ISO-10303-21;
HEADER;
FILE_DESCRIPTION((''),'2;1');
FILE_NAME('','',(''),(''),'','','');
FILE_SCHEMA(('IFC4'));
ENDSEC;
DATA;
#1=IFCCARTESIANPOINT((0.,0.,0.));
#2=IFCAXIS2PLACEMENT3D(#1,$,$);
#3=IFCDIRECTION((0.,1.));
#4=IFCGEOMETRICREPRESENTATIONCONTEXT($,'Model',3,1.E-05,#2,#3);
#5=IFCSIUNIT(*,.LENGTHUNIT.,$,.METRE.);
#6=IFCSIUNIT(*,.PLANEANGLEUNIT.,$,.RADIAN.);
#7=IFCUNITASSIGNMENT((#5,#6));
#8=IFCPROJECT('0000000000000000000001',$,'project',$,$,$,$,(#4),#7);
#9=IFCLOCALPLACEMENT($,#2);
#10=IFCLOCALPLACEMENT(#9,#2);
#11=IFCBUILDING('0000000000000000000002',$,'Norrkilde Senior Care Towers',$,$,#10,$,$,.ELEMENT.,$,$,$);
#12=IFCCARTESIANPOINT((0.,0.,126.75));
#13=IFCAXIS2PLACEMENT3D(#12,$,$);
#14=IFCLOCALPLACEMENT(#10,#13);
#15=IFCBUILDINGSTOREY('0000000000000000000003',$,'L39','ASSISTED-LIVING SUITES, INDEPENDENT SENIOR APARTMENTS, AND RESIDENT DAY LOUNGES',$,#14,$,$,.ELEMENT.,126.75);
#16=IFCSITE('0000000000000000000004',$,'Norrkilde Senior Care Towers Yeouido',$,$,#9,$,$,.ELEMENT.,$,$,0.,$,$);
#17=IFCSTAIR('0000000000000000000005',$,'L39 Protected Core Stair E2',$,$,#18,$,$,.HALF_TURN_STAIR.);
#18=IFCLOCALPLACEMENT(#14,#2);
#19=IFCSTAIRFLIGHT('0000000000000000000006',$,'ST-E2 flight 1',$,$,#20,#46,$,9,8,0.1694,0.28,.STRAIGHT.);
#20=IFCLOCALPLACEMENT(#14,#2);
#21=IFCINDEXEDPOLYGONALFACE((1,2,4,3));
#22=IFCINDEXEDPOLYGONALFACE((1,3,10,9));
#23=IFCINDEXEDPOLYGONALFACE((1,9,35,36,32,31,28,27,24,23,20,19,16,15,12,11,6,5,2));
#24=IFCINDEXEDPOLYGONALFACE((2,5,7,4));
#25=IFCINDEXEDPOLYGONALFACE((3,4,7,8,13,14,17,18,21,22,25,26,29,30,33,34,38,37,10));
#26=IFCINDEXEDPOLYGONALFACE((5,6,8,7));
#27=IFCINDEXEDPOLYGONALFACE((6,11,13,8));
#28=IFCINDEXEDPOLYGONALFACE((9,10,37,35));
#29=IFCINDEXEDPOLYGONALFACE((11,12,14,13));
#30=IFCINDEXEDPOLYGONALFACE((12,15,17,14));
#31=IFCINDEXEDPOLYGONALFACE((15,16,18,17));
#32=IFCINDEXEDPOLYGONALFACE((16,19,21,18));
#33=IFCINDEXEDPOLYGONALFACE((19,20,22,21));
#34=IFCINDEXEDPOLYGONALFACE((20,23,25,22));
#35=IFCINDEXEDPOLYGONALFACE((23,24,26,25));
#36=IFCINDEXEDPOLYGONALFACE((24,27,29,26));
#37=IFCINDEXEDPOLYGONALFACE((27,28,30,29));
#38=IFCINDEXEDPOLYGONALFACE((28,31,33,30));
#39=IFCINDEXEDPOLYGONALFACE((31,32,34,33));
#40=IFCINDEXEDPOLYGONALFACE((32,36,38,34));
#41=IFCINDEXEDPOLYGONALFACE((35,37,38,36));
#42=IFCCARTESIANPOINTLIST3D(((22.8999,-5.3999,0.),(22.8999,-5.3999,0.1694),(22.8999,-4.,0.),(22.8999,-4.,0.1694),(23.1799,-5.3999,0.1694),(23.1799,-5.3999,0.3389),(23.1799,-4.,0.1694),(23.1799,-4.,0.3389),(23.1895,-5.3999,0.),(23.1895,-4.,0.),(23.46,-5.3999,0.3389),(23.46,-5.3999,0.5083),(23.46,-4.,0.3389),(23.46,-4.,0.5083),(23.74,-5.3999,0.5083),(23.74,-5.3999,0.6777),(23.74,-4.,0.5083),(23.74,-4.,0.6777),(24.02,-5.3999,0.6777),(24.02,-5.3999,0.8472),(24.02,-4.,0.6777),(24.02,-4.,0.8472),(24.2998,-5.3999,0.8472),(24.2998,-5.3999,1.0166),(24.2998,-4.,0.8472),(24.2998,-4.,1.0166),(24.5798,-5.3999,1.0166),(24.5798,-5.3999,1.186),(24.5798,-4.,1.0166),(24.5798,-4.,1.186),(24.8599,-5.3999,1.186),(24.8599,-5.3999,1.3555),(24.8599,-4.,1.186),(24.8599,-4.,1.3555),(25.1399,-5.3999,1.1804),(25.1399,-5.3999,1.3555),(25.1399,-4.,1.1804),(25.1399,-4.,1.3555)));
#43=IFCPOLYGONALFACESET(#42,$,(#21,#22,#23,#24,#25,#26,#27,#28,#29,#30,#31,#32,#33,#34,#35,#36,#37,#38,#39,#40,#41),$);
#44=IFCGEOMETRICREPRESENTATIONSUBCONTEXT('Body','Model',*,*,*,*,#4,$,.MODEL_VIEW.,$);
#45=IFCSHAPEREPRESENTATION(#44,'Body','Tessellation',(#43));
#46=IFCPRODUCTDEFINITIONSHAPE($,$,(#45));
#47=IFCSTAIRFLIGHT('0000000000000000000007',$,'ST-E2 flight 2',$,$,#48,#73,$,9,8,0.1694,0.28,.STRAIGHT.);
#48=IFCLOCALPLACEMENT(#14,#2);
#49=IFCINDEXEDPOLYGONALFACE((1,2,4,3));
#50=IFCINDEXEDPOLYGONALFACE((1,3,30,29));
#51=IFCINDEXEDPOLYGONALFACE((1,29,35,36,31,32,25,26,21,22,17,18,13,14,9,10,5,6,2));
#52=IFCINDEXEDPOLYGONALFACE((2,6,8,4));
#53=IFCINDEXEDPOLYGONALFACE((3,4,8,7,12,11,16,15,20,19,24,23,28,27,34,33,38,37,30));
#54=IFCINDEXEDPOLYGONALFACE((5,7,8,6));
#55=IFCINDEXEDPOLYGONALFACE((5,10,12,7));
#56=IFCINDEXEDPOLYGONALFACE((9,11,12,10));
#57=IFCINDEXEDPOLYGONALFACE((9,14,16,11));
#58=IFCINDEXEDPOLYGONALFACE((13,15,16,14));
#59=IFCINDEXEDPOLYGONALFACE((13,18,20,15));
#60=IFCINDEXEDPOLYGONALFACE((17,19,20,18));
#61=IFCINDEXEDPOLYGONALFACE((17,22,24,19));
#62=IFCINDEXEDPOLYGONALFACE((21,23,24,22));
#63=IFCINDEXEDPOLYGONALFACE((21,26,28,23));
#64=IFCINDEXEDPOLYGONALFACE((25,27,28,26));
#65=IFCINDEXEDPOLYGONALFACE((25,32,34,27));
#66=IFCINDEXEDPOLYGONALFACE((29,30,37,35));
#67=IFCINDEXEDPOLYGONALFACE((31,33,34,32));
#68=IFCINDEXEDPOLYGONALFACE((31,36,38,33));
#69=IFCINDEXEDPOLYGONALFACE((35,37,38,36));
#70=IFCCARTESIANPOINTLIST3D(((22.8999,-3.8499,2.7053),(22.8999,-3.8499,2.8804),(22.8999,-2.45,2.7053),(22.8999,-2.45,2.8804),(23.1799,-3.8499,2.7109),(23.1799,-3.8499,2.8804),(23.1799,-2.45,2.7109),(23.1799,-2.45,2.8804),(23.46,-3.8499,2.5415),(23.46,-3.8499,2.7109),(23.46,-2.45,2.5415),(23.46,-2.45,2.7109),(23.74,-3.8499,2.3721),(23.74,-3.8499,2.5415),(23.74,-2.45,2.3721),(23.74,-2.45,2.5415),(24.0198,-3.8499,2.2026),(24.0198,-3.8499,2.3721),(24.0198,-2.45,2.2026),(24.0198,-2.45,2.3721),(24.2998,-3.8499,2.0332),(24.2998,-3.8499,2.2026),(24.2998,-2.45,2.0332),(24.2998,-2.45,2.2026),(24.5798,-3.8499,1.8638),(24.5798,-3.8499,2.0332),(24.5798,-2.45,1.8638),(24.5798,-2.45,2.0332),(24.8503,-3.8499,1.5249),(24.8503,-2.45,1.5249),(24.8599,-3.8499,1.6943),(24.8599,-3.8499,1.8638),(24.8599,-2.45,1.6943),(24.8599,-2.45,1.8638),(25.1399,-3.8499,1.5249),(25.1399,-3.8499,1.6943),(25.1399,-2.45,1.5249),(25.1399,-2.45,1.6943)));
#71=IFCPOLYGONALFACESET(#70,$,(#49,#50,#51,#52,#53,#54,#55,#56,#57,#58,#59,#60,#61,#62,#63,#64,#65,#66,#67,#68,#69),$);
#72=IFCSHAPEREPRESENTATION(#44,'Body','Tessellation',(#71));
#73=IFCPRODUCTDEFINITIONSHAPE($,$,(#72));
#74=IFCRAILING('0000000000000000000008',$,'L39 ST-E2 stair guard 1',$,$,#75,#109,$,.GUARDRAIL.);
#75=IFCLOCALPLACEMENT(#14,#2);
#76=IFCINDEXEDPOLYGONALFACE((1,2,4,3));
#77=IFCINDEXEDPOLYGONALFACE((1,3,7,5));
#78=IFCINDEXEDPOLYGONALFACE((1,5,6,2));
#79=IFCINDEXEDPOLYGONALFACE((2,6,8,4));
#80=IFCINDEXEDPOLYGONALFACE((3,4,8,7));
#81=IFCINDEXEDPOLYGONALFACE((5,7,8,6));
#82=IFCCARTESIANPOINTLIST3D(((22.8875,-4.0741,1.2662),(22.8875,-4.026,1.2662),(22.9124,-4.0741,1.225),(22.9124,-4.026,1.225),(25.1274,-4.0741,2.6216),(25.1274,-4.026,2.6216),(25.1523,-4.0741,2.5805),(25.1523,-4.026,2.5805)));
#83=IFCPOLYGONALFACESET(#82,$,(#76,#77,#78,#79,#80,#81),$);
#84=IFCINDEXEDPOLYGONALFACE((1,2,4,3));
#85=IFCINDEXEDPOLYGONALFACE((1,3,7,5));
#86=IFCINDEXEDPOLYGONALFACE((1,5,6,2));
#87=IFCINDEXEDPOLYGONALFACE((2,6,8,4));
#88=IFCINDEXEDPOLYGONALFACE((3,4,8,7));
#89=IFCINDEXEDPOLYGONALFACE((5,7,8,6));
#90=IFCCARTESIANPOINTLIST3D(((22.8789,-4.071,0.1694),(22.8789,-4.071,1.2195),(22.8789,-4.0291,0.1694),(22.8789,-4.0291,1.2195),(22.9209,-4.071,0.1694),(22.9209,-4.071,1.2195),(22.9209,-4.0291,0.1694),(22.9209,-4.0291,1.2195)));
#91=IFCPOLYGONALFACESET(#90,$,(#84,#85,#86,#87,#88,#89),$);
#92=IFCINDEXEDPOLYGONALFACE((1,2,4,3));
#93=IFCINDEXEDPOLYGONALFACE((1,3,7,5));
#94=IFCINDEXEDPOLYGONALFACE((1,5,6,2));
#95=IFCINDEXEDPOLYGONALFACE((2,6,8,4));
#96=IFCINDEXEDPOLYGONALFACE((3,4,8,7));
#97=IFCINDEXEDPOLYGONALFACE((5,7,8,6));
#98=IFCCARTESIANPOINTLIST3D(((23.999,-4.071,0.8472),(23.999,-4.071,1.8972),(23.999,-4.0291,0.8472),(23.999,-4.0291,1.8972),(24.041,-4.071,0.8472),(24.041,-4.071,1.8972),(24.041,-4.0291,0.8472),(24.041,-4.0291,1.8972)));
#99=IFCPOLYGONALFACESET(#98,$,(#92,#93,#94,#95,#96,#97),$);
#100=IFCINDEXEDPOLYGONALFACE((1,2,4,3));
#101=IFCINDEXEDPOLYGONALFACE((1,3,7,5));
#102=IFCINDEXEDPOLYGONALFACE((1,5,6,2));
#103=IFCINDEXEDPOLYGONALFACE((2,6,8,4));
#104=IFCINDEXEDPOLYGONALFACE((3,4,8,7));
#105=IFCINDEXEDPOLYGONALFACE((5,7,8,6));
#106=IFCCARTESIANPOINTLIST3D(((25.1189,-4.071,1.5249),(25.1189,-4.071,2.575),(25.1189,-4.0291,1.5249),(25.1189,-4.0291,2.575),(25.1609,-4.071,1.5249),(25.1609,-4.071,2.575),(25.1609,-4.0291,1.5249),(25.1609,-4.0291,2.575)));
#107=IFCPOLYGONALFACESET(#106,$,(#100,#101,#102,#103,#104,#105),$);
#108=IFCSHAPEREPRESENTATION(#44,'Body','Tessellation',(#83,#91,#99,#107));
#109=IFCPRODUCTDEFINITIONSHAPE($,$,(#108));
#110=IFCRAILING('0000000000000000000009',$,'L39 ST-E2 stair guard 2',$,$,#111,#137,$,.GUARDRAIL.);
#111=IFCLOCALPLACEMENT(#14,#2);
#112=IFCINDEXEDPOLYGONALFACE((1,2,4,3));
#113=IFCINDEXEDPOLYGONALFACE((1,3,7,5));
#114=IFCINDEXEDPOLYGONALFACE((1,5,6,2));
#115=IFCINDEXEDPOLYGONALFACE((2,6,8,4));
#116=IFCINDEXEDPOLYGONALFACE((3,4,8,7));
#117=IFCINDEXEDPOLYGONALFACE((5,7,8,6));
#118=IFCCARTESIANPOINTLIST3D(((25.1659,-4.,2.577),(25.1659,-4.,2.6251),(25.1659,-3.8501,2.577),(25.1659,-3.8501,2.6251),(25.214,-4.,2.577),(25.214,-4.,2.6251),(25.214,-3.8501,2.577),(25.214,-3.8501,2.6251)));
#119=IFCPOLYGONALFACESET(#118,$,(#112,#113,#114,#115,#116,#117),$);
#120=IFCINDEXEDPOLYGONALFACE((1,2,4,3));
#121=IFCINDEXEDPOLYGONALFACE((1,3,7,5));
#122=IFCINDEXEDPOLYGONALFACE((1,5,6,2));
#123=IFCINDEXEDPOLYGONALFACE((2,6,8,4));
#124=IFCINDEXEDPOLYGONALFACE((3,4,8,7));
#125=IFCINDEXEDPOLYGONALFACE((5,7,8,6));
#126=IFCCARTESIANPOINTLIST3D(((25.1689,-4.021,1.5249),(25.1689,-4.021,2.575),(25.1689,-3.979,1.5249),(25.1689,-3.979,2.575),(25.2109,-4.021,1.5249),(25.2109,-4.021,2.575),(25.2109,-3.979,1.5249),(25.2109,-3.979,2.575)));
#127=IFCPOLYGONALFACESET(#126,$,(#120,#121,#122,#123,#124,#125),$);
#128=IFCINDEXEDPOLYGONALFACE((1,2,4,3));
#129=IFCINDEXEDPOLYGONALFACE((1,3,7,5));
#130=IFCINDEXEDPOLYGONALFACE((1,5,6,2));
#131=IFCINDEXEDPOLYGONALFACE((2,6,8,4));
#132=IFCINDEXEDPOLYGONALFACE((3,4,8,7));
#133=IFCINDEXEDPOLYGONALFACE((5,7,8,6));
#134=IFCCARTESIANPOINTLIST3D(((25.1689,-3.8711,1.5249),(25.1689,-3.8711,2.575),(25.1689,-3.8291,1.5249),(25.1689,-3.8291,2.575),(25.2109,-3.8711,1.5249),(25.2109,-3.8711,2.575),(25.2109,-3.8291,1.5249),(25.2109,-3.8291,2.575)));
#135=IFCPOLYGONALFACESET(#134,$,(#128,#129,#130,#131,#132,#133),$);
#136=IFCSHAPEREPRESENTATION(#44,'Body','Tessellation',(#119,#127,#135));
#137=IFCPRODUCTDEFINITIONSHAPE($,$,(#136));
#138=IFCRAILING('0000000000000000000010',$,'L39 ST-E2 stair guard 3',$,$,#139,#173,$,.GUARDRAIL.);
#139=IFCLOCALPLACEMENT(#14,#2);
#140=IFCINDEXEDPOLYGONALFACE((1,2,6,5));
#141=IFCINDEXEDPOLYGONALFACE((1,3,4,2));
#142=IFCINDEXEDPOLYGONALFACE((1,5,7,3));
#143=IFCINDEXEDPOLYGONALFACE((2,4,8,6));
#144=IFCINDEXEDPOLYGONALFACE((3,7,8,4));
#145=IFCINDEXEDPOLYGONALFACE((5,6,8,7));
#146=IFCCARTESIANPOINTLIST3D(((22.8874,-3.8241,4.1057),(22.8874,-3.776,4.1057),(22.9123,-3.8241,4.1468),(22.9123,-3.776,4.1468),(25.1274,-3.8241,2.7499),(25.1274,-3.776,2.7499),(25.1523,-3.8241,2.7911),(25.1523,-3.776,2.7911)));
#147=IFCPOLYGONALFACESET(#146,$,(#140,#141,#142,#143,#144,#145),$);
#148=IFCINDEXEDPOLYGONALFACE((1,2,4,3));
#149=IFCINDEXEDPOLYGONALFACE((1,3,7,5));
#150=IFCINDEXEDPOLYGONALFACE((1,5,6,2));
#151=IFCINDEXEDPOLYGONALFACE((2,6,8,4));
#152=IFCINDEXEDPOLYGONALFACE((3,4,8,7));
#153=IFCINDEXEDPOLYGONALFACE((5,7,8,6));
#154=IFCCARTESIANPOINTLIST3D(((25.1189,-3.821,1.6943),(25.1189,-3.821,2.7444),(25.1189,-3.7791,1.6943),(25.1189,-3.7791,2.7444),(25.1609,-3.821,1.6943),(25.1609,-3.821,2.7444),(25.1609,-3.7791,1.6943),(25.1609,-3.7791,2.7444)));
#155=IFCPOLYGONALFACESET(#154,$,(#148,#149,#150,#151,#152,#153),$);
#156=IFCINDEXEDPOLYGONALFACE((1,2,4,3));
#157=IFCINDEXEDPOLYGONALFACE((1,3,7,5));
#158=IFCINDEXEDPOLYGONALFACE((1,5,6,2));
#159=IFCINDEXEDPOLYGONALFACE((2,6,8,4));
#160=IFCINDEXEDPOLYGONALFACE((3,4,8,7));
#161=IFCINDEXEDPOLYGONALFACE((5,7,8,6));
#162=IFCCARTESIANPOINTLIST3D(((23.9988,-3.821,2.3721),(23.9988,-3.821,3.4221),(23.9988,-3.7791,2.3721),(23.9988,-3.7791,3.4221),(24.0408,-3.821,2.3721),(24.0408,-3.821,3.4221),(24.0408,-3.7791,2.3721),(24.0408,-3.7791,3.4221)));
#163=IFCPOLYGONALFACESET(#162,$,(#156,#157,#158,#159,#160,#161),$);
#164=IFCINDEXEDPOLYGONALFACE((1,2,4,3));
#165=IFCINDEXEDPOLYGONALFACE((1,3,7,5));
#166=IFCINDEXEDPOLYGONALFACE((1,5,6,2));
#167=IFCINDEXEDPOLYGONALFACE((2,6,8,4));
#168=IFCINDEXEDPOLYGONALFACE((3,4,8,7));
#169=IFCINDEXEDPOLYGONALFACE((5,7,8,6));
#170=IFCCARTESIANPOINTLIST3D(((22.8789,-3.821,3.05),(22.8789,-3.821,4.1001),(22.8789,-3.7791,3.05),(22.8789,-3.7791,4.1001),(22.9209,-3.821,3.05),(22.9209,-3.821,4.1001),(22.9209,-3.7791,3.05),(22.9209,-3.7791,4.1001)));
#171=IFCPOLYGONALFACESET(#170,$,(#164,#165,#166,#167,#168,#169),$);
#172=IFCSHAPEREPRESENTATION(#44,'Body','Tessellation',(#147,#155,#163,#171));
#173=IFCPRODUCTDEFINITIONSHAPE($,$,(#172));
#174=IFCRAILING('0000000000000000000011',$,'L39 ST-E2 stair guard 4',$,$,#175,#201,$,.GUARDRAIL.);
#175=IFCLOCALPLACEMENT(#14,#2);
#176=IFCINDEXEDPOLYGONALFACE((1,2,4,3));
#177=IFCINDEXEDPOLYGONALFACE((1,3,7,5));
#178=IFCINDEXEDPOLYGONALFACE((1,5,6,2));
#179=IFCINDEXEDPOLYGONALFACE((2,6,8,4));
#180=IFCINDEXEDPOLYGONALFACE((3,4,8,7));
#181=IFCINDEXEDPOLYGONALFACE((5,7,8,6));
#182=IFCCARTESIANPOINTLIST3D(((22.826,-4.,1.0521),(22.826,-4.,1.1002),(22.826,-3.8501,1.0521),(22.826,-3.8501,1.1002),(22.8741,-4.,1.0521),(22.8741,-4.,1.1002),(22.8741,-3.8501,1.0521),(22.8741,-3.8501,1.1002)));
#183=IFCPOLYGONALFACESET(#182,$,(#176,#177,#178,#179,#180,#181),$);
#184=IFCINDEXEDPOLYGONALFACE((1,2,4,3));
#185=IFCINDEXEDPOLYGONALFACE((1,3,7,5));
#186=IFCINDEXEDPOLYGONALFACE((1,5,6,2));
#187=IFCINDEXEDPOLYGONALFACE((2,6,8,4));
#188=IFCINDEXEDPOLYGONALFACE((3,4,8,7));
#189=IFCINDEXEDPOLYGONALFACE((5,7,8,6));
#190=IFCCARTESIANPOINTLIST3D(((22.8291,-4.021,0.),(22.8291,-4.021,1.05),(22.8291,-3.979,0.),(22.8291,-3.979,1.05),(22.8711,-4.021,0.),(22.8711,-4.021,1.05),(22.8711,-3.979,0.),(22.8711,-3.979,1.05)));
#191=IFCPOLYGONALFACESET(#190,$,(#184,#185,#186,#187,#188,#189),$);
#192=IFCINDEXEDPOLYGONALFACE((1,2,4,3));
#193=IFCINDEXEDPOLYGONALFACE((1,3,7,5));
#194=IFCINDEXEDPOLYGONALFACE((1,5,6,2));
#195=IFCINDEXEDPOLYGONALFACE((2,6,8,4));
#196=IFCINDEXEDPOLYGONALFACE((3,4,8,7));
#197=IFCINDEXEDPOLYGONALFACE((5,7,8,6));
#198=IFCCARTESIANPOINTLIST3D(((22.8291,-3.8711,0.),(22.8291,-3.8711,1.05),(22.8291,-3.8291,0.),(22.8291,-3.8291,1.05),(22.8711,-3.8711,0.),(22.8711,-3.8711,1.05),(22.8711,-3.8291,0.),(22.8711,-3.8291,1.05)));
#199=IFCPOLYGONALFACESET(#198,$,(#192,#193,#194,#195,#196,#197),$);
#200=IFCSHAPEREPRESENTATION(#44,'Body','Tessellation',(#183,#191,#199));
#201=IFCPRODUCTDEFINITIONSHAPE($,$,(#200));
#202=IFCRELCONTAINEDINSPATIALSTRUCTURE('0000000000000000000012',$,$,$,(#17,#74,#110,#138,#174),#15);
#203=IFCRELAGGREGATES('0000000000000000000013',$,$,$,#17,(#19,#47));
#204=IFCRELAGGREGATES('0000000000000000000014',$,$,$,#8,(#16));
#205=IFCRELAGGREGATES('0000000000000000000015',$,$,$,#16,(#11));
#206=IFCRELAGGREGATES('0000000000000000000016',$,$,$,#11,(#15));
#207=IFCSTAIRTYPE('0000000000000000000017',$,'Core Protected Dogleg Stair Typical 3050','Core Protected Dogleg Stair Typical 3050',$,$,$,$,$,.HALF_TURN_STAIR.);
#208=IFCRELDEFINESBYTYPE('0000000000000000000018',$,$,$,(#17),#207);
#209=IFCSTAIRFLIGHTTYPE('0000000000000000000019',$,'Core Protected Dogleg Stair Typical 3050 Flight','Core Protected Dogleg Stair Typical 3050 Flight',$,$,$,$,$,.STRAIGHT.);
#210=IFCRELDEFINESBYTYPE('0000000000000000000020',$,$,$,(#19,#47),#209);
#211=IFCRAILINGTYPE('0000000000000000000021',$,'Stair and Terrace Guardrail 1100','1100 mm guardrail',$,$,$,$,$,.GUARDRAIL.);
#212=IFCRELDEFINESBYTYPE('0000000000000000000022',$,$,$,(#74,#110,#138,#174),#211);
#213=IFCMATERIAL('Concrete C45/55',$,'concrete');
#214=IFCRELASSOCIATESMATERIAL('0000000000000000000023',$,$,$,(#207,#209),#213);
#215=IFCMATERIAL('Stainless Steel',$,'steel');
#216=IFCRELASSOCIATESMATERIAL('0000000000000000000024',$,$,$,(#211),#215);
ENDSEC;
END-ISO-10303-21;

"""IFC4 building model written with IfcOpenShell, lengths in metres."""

from ifc_helpers import new_model, si_unit, direction, frame, origin, origin_2d, place, context, subcontext, project, spatial, polyline, rectangle, outline, extrude, material, type_object, element, aggregate, save


model = new_model("IFC4")

# Units and contexts
model_context = context("Model", 3, precision=1e-05, world=origin(), true_north=direction((0.0, 1.0)))
body_context = subcontext(model_context, "Body", "Model", "MODEL_VIEW")
ifc_project = project(units=[si_unit("LENGTHUNIT", "METRE"), si_unit("PLANEANGLEUNIT", "RADIAN")], contexts=[model_context])

# Site, building, storey
site_placement = place(None, origin())
site = spatial("IfcSite", under=ifc_project, at=site_placement, Name="Norrkilde Senior Care Towers Yeouido", CompositionType="ELEMENT", RefElevation=0.0)
building_placement = place(site_placement, origin())
building = spatial("IfcBuilding", under=site, at=building_placement, Name="Norrkilde Senior Care Towers", CompositionType="ELEMENT")
storey_placement = place(building_placement, frame((0.0, 0.0, 126.75)))
storey = spatial("IfcBuildingStorey", under=building, at=storey_placement, Name="L39", Description="ASSISTED-LIVING SUITES, INDEPENDENT SENIOR APARTMENTS, AND RESIDENT DAY LOUNGES", CompositionType="ELEMENT", Elevation=126.75)

# Shared definitions
ifc_material_1 = material(Name="Concrete C45/55", Category="concrete")

# Stair, stair flights
stair_type = type_object("IfcStairType", Name="Core Protected Dogleg Stair Typical 3050", Description="Core Protected Dogleg Stair Typical 3050", PredefinedType="HALF_TURN_STAIR", material=ifc_material_1)
stair_placement = place(storey_placement, origin())
stair = element("IfcStair", 1, at=stair_placement, inside=storey, type_object=stair_type, Name="L39 Protected Core Stair E2", PredefinedType="HALF_TURN_STAIR")
stair_flight_type = type_object("IfcStairFlightType", Name="Core Protected Dogleg Stair Typical 3050 Flight", Description="Core Protected Dogleg Stair Typical 3050 Flight", PredefinedType="STRAIGHT", material=ifc_material_1)
stair_flight_1_placement = place(storey_placement, frame((22.8999, -4.7, 0.0), z_axis=(0.0, 0.0, 1.0), x_axis=(1.0, 0.0, 0.0)))
stair_flight_1 = element("IfcStairFlight", 2, at=stair_flight_1_placement, type_object=stair_flight_type, Name="ST-E2 flight 1", NumberOfRisers=9, NumberOfTreads=8, PredefinedType="STRAIGHT", RiserHeight=0.1694, TreadLength=0.28, context=body_context, shape_type="SweptSolid", body=[
    extrude(outline(polyline([(0.0, 0.0), (0.0, 0.1694), (0.28, 0.1694), (0.28, 0.3389), (0.5601, 0.3389), (0.5601, 0.5083), (0.8401, 0.5083), (0.8401, 0.6777), (1.1201, 0.6777), (1.1201, 0.8472), (1.3999, 0.8472), (1.3999, 1.0166), (1.6799, 1.0166), (1.6799, 1.186), (1.96, 1.186), (1.96, 1.3555), (2.24, 1.3555), (2.24, 1.5249), (2.24, 1.1804), (0.2896, 0.0), (0.0, 0.0)])), frame((0.0, 0.7, 0.0), z_axis=(0.0, -1.0, 0.0), x_axis=(1.0, 0.0, 0.0)), (0.0, 0.0, 1.0), 1.3999),
])
stair_flight_2_placement = place(storey_placement, frame((25.1399, -3.1499, 1.5249), z_axis=(0.0, 0.0, 1.0), x_axis=(-1.0, 0.0, 0.0)))
stair_flight_2 = element("IfcStairFlight", 3, at=stair_flight_2_placement, type_object=stair_flight_type, Name="ST-E2 flight 2", NumberOfRisers=9, NumberOfTreads=8, PredefinedType="STRAIGHT", RiserHeight=0.1694, TreadLength=0.28, context=body_context, shape_type="SweptSolid", body=[
    extrude(outline(polyline([(0.0, 0.0), (0.0, 0.1694), (0.28, 0.1694), (0.28, 0.3389), (0.5601, 0.3389), (0.5601, 0.5083), (0.8401, 0.5083), (0.8401, 0.6777), (1.1201, 0.6777), (1.1201, 0.8472), (1.3999, 0.8472), (1.3999, 1.0166), (1.6799, 1.0166), (1.6799, 1.186), (1.96, 1.186), (1.96, 1.3555), (2.24, 1.3555), (2.24, 1.5249), (2.24, 1.1804), (0.2896, 0.0), (0.0, 0.0)])), frame((0.0, 0.7, 0.0), z_axis=(0.0, -1.0, 0.0), x_axis=(1.0, 0.0, 0.0)), (0.0, 0.0, 1.0), 1.3999),
])
aggregate(stair, [stair_flight_1, stair_flight_2])

# Railings
ifc_material_2 = material(Name="Stainless Steel", Category="steel")
railing_type_1 = type_object("IfcRailingType", Name="Stair and Terrace Guardrail 1100", Description="1100 mm guardrail", PredefinedType="GUARDRAIL", material=ifc_material_2)
railing_1_placement = place(storey_placement, frame((22.8999, -4.05, 0.1694)))
element("IfcRailing", 4, at=railing_1_placement, inside=storey, type_object=railing_type_1, Name="L39 ST-E2 stair guard 1", PredefinedType="GUARDRAIL", context=body_context, shape_type="SweptSolid", body=[
    extrude(rectangle(XDim=0.0481, YDim=0.0481, at=origin_2d()), frame((0.0, 0.0, 1.0762), z_axis=(0.855553, 0.0, 0.517715), x_axis=(0.0, 1.0, 0.0)), (0.0, 0.0, 1.0), 2.6182),
    extrude(rectangle(XDim=0.042, YDim=0.042, at=origin_2d()), origin(), (0.0, 0.0, 1.0), 1.05),
    extrude(rectangle(XDim=0.042, YDim=0.042, at=origin_2d()), frame((1.1201, 0.0, 0.6777)), (0.0, 0.0, 1.0), 1.05),
    extrude(rectangle(XDim=0.042, YDim=0.042, at=origin_2d()), frame((2.24, 0.0, 1.3555)), (0.0, 0.0, 1.0), 1.05),
])
railing_2_placement = place(storey_placement, frame((25.1899, -4.0, 1.5249)))
element("IfcRailing", 5, at=railing_2_placement, inside=storey, type_object=railing_type_1, Name="L39 ST-E2 stair guard 2", PredefinedType="GUARDRAIL", context=body_context, shape_type="SweptSolid", body=[
    extrude(rectangle(XDim=0.0481, YDim=0.0481, at=origin_2d()), frame((0.0, 0.0, 1.0762), z_axis=(0.0, 1.0, 0.0), x_axis=(-1.0, 0.0, 0.0)), (0.0, 0.0, 1.0), 0.1499),
    extrude(rectangle(XDim=0.042, YDim=0.042, at=origin_2d()), origin(), (0.0, 0.0, 1.0), 1.05),
    extrude(rectangle(XDim=0.042, YDim=0.042, at=origin_2d()), frame((0.0, 0.1499, 0.0)), (0.0, 0.0, 1.0), 1.05),
])
railing_3_placement = place(storey_placement, frame((25.1399, -3.8, 1.6943)))
element("IfcRailing", 6, at=railing_3_placement, inside=storey, type_object=railing_type_1, Name="L39 ST-E2 stair guard 3", PredefinedType="GUARDRAIL", context=body_context, shape_type="SweptSolid", body=[
    extrude(rectangle(XDim=0.0481, YDim=0.0481, at=origin_2d()), frame((0.0, 0.0, 1.0762), z_axis=(-0.855512, 0.0, 0.517783), x_axis=(0.0, -1.0, 0.0)), (0.0, 0.0, 1.0), 2.6184),
    extrude(rectangle(XDim=0.042, YDim=0.042, at=origin_2d()), origin(), (0.0, 0.0, 1.0), 1.05),
    extrude(rectangle(XDim=0.042, YDim=0.042, at=origin_2d()), frame((-1.1201, 0.0, 0.6777)), (0.0, 0.0, 1.0), 1.05),
    extrude(rectangle(XDim=0.042, YDim=0.042, at=origin_2d()), frame((-2.24, 0.0, 1.3557)), (0.0, 0.0, 1.0), 1.05),
])
railing_4_placement = place(storey_placement, frame((22.8501, -4.0, 0.0)))
element("IfcRailing", 7, at=railing_4_placement, inside=storey, type_object=railing_type_1, Name="L39 ST-E2 stair guard 4", PredefinedType="GUARDRAIL", context=body_context, shape_type="SweptSolid", body=[
    extrude(rectangle(XDim=0.0481, YDim=0.0481, at=origin_2d()), frame((0.0, 0.0, 1.0762), z_axis=(0.0, 1.0, 0.0), x_axis=(-1.0, 0.0, 0.0)), (0.0, 0.0, 1.0), 0.1499),
    extrude(rectangle(XDim=0.042, YDim=0.042, at=origin_2d()), origin(), (0.0, 0.0, 1.0), 1.05),
    extrude(rectangle(XDim=0.042, YDim=0.042, at=origin_2d()), frame((0.0, 0.1499, 0.0)), (0.0, 0.0, 1.0), 1.05),
])

save(model, "model.ifc")
